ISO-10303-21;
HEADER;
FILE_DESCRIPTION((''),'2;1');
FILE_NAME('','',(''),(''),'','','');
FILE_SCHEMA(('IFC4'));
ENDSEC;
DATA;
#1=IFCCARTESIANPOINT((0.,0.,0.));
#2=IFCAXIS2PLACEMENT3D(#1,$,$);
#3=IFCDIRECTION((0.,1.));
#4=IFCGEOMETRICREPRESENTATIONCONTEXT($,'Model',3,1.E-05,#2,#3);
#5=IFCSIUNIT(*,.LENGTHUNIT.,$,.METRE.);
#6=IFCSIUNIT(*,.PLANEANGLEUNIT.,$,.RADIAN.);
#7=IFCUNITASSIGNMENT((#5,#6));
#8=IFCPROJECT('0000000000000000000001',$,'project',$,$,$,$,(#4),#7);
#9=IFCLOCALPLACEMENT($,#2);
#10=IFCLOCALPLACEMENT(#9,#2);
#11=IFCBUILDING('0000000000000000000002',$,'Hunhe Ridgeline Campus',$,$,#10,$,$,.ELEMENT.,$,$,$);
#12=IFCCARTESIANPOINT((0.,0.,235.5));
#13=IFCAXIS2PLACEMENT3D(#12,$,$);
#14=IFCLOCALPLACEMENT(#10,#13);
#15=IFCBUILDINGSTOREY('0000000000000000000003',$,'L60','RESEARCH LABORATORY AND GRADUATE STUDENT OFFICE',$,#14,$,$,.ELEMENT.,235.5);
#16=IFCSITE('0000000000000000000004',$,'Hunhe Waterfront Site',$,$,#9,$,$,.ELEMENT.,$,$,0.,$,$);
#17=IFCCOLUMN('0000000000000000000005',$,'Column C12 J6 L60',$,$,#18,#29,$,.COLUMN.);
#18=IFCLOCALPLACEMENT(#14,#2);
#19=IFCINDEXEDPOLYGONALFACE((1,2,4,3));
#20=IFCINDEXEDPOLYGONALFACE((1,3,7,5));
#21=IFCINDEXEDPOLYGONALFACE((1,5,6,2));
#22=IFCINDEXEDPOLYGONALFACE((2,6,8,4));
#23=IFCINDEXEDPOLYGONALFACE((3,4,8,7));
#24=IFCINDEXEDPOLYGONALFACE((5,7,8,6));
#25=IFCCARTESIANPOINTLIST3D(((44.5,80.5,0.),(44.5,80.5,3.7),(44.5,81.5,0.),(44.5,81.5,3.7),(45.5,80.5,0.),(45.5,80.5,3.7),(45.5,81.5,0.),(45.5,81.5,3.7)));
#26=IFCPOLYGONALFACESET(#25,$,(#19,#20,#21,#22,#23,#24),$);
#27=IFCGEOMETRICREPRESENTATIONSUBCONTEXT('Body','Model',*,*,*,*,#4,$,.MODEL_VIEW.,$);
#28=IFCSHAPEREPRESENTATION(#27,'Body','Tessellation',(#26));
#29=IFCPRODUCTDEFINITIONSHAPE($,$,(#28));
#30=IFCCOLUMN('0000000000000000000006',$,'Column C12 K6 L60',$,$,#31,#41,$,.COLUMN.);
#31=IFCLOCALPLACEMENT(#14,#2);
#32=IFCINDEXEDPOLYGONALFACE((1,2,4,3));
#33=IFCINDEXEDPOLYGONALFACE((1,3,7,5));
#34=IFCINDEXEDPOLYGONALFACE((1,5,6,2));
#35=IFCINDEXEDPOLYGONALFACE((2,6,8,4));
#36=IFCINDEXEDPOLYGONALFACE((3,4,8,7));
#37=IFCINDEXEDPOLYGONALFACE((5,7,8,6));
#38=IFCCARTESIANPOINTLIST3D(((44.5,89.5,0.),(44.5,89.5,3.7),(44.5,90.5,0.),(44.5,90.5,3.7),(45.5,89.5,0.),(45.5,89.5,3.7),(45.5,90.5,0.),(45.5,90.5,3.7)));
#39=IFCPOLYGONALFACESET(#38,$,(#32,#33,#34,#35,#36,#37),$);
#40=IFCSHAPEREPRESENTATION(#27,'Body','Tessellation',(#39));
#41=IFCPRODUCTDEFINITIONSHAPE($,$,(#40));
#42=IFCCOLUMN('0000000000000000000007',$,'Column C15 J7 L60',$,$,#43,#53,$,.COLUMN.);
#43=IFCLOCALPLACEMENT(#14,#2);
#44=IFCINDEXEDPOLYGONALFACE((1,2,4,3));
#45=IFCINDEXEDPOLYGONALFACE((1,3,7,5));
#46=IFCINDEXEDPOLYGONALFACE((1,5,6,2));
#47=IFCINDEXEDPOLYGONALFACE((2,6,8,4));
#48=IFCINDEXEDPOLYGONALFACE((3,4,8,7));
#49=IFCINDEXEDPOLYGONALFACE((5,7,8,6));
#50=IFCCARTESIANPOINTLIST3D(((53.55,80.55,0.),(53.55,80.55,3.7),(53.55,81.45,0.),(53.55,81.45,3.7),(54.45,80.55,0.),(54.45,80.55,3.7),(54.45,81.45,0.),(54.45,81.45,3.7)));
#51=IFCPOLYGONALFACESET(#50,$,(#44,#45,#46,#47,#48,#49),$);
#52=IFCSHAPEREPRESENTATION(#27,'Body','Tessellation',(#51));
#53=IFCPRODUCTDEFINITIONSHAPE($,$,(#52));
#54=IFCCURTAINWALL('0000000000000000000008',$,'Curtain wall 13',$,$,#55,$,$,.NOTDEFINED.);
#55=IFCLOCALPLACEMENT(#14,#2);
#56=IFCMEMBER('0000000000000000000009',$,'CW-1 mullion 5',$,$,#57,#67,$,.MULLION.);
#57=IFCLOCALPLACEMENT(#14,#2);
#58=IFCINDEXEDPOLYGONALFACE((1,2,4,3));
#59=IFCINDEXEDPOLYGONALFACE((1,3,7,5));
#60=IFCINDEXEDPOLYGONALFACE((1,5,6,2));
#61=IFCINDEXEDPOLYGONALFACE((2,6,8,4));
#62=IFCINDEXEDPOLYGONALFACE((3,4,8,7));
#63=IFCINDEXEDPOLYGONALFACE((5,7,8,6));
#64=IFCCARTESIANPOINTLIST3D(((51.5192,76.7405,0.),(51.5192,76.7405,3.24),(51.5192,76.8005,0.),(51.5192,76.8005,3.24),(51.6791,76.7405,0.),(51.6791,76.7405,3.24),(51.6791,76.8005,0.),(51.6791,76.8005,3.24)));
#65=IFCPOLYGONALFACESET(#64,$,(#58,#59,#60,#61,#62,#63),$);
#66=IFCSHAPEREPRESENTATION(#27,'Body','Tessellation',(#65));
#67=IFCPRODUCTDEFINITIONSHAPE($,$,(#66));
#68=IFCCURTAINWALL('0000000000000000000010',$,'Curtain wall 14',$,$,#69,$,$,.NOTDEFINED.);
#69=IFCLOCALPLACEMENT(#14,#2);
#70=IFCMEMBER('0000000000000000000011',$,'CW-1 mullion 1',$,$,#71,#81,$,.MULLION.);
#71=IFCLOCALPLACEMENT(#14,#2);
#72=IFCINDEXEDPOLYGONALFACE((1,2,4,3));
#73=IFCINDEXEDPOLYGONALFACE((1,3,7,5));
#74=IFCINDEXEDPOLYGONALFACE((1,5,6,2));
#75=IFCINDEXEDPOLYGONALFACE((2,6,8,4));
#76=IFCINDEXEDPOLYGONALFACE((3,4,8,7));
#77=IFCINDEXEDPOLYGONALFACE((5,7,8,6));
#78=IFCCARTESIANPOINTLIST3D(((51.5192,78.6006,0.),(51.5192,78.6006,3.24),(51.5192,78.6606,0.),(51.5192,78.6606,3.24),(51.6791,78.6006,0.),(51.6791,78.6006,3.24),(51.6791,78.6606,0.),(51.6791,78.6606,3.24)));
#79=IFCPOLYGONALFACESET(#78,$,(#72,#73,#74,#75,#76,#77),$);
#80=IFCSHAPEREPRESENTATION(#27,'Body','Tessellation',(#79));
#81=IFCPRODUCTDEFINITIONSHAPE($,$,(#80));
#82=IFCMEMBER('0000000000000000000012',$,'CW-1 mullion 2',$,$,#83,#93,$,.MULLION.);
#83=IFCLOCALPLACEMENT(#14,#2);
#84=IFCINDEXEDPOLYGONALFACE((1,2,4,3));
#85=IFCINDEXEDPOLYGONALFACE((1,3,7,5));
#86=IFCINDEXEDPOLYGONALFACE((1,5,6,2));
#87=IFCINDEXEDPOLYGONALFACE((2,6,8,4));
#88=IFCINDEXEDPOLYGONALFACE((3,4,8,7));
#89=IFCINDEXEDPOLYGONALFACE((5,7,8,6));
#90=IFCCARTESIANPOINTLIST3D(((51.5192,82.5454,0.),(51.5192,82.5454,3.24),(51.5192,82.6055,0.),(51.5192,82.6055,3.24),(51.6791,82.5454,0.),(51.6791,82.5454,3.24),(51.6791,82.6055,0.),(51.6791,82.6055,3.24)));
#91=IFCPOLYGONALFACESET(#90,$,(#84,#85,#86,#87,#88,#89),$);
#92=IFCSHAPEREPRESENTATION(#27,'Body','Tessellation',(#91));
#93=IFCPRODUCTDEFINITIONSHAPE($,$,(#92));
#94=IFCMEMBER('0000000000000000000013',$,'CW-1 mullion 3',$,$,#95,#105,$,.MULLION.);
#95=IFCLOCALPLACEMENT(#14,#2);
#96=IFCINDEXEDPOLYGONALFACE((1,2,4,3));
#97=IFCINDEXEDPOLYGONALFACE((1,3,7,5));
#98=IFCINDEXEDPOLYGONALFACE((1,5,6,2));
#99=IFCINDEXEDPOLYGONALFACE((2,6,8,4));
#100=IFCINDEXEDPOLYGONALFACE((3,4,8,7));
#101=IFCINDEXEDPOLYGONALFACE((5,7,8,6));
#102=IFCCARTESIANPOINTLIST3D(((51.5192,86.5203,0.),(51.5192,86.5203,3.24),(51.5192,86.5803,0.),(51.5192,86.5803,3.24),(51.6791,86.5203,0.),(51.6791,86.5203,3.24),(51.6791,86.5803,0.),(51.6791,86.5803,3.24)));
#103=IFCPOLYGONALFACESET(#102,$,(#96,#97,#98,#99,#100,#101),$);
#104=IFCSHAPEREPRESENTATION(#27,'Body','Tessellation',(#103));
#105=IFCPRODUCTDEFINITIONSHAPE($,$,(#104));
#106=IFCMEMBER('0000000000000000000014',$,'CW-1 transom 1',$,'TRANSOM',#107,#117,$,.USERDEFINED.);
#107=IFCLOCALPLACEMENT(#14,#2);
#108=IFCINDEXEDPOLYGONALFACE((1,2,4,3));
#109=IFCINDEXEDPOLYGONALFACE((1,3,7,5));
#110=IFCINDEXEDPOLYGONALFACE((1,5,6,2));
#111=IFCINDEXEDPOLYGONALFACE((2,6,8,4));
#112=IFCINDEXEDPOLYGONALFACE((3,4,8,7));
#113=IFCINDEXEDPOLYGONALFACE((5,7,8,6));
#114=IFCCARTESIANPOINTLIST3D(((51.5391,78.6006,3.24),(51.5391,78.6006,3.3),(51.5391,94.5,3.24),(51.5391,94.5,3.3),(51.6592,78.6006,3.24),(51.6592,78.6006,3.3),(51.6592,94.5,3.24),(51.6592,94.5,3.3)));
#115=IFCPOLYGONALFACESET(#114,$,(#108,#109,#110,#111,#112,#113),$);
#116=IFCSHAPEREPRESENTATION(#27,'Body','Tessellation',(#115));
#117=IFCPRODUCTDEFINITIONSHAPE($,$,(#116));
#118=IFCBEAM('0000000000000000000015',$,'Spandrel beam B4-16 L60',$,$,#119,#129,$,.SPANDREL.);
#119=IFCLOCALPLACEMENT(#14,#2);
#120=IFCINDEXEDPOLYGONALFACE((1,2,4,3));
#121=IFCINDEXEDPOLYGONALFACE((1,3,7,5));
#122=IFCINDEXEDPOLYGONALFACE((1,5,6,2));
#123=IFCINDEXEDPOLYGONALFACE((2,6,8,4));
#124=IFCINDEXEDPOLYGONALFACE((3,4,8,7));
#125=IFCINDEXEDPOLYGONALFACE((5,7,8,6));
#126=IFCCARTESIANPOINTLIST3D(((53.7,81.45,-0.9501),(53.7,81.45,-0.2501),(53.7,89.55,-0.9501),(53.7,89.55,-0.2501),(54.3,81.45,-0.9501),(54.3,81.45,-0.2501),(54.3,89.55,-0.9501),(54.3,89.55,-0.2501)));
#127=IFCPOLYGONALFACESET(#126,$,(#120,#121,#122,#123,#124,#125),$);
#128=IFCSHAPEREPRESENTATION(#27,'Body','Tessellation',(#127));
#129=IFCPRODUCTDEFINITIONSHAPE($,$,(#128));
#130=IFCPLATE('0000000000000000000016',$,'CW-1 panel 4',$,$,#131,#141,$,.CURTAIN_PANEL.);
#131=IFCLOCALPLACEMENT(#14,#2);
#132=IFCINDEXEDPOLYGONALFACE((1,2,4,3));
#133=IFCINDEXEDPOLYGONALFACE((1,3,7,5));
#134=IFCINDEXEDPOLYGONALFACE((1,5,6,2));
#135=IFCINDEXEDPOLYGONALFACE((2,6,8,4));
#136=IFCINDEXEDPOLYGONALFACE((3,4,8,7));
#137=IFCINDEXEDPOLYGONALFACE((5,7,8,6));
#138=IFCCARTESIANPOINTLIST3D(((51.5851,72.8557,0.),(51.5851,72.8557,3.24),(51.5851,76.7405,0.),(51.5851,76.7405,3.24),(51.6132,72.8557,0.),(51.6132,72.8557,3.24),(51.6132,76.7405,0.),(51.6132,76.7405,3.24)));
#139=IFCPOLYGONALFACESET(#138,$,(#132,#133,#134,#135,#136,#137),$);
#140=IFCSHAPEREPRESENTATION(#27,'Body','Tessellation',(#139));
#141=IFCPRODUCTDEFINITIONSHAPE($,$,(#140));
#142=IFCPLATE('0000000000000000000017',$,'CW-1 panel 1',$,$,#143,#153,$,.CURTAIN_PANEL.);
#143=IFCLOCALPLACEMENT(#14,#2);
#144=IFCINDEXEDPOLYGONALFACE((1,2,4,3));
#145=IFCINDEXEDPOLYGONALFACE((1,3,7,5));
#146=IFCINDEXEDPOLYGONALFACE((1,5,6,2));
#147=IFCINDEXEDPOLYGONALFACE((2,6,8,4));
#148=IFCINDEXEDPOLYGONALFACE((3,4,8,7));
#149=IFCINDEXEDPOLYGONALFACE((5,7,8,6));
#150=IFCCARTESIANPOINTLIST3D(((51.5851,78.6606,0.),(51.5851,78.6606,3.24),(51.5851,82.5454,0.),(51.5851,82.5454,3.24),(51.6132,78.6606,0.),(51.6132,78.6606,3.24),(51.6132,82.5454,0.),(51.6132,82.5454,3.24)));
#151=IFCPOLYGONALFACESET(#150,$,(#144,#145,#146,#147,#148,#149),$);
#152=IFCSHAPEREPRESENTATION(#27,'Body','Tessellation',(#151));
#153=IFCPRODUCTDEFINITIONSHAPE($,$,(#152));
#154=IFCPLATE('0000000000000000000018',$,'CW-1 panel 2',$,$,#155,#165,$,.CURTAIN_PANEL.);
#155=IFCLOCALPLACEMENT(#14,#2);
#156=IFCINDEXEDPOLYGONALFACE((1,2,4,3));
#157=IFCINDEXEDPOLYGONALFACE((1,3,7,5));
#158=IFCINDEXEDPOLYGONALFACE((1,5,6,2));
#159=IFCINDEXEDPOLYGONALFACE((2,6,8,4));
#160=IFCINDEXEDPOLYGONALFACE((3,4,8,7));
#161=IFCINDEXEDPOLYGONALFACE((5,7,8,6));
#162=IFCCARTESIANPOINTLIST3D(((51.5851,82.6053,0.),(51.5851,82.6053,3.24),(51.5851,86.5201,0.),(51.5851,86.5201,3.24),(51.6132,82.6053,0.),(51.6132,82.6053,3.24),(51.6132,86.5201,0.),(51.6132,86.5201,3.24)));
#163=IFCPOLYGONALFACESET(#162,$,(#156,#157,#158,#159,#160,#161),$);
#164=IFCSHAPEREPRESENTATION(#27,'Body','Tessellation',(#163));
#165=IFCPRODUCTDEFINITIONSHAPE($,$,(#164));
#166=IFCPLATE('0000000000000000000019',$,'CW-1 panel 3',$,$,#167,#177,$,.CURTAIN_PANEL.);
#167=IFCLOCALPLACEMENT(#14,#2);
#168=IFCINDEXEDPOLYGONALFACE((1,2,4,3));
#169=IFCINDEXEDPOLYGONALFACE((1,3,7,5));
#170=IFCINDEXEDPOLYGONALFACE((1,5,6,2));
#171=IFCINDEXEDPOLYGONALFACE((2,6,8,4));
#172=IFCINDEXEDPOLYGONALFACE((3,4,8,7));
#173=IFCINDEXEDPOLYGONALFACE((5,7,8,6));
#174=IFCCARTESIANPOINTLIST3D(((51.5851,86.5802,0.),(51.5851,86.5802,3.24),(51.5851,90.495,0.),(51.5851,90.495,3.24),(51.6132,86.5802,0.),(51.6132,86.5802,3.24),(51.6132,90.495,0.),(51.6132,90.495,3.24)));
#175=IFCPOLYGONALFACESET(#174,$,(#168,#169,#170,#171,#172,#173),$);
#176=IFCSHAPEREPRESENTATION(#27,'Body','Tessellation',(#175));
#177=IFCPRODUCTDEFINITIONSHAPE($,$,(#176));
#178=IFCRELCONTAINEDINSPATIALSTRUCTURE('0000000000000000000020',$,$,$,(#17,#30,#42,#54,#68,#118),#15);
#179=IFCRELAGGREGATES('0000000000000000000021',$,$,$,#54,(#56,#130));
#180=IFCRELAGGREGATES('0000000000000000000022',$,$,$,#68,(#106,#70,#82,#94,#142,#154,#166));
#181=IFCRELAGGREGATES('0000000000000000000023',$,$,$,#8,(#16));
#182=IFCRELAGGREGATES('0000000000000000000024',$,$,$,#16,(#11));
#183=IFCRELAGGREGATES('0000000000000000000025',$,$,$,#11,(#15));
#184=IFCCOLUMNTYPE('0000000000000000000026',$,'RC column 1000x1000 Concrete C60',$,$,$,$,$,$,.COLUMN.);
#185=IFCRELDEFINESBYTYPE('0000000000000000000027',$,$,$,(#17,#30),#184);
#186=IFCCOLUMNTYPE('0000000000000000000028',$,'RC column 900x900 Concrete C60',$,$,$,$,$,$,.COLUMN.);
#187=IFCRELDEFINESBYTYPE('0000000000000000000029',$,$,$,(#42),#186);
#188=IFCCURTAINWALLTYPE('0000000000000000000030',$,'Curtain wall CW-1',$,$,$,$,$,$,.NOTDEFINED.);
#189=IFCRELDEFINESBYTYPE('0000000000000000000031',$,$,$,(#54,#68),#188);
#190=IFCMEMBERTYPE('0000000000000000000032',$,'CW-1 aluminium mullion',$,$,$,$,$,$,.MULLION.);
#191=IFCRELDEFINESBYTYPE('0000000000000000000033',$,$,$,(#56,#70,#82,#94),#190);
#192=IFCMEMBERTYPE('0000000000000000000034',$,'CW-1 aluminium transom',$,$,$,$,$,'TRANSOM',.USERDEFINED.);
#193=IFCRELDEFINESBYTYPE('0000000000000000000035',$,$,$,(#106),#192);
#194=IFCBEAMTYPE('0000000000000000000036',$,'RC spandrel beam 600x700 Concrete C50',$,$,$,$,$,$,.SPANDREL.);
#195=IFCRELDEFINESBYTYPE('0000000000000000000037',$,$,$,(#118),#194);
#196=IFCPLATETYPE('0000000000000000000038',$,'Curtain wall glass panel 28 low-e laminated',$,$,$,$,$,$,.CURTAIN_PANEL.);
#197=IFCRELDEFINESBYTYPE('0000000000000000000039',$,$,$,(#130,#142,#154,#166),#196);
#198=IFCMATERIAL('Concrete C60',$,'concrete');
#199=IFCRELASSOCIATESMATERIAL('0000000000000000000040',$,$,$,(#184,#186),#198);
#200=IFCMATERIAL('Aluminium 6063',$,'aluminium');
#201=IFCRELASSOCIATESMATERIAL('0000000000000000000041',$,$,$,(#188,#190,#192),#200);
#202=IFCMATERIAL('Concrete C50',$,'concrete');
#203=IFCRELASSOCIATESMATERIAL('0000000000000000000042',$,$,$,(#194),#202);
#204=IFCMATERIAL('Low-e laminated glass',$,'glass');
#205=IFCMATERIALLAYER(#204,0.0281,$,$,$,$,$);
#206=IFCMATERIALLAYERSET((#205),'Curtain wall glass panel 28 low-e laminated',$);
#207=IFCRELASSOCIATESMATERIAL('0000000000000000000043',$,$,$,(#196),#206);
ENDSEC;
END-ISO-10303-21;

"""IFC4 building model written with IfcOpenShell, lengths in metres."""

from ifc_helpers import new_model, si_unit, direction, frame, origin, origin_2d, place, context, subcontext, project, spatial, rectangle, extrude, material, layer, layer_set, material_profile, profile_set, type_object, element, aggregate, save


model = new_model("IFC4")

# Units and contexts
model_context = context("Model", 3, precision=1e-05, world=origin(), true_north=direction((0.0, 1.0)))
body_context = subcontext(model_context, "Body", "Model", "MODEL_VIEW")
ifc_project = project(units=[si_unit("LENGTHUNIT", "METRE"), si_unit("PLANEANGLEUNIT", "RADIAN")], contexts=[model_context])

# Site, building, storey
site_placement = place(None, origin())
site = spatial("IfcSite", under=ifc_project, at=site_placement, Name="Hunhe Waterfront Site", CompositionType="ELEMENT", RefElevation=0.0)
building_placement = place(site_placement, origin())
building = spatial("IfcBuilding", under=site, at=building_placement, Name="Hunhe Ridgeline Campus", CompositionType="ELEMENT")
storey_placement = place(building_placement, frame((0.0, 0.0, 235.5)))
storey = spatial("IfcBuildingStorey", under=building, at=storey_placement, Name="L60", Description="RESEARCH LABORATORY AND GRADUATE STUDENT OFFICE", CompositionType="ELEMENT", Elevation=235.5)

# Columns
ifc_material_1 = material(Name="Concrete C60", Category="concrete")
ifc_material_profile_1 = material_profile(ifc_material_1, rectangle(XDim=1.0, YDim=1.0, at=origin_2d()))
ifc_profile_set_1 = profile_set([ifc_material_profile_1], Name="Concrete C60")
column_type_1 = type_object("IfcColumnType", Name="RC column 1000x1000 Concrete C60", PredefinedType="COLUMN", material=ifc_profile_set_1)
for number, where, z_axis, x_axis, name in (
    (1, (45.0, 81.0, 0.0), (0.0, 0.0, 1.0), (1.0, 0.0, 0.0), "Column C12 J6 L60"),
    (2, (45.0, 90.0, 0.0), (0.0, 0.0, 1.0), (1.0, 0.0, 0.0), "Column C12 K6 L60"),
):
    element("IfcColumn", number, at=place(storey_placement, frame(where, z_axis=z_axis, x_axis=x_axis)), inside=storey, type_object=column_type_1, Name=name, PredefinedType="COLUMN", context=body_context, shape_type="SweptSolid", body=[
        extrude(rectangle(XDim=1.0, YDim=1.0, at=origin_2d()), origin(), (0.0, 0.0, 1.0), 3.7),
    ])
ifc_material_profile_2 = material_profile(ifc_material_1, rectangle(XDim=0.8999, YDim=0.8999, at=origin_2d()))
ifc_profile_set_2 = profile_set([ifc_material_profile_2], Name="Concrete C60")
column_type_2 = type_object("IfcColumnType", Name="RC column 900x900 Concrete C60", PredefinedType="COLUMN", material=ifc_profile_set_2)
column_placement = place(storey_placement, frame((54.0, 81.0, 0.0), z_axis=(0.0, 0.0, 1.0), x_axis=(1.0, 0.0, 0.0)))
element("IfcColumn", 3, at=column_placement, inside=storey, type_object=column_type_2, Name="Column C15 J7 L60", PredefinedType="COLUMN", context=body_context, shape_type="SweptSolid", body=[
    extrude(rectangle(XDim=0.8999, YDim=0.8999, at=origin_2d()), origin(), (0.0, 0.0, 1.0), 3.7),
])

# Curtain wall, member
ifc_material_2 = material(Name="Aluminium 6063", Category="aluminium")
curtain_wall_type = type_object("IfcCurtainWallType", Name="Curtain wall CW-1", PredefinedType="NOTDEFINED", material=ifc_material_2)
curtain_wall_1_placement = place(storey_placement, origin())
curtain_wall_1 = element("IfcCurtainWall", 4, at=curtain_wall_1_placement, inside=storey, type_object=curtain_wall_type, Name="Curtain wall 13", PredefinedType="NOTDEFINED")
ifc_material_profile_3 = material_profile(ifc_material_2, rectangle(XDim=0.1599, YDim=0.0601, at=origin_2d()))
ifc_profile_set_3 = profile_set([ifc_material_profile_3], Name="Aluminium 6063")
member_type_1 = type_object("IfcMemberType", Name="CW-1 aluminium mullion", PredefinedType="MULLION", material=ifc_profile_set_3)
member_1_placement = place(storey_placement, frame((51.5991, 76.7705, 0.0), z_axis=(0.0, 0.0, 1.0), x_axis=(-1.0, 0.0, 0.0)))
member_1 = element("IfcMember", 5, at=member_1_placement, type_object=member_type_1, Name="CW-1 mullion 5", PredefinedType="MULLION", context=body_context, shape_type="SweptSolid", body=[
    extrude(rectangle(XDim=0.1599, YDim=0.0601, at=origin_2d()), origin(), (0.0, 0.0, 1.0), 3.24),
])

# Curtain wall, members
curtain_wall_2_placement = place(storey_placement, origin())
curtain_wall_2 = element("IfcCurtainWall", 6, at=curtain_wall_2_placement, inside=storey, type_object=curtain_wall_type, Name="Curtain wall 14", PredefinedType="NOTDEFINED")
member_2_placement = place(storey_placement, frame((51.5991, 78.6306, 0.0), z_axis=(0.0, 0.0, 1.0), x_axis=(-1.0, 0.0, 0.0)))
member_2 = element("IfcMember", 7, at=member_2_placement, type_object=member_type_1, Name="CW-1 mullion 1", PredefinedType="MULLION", context=body_context, shape_type="SweptSolid", body=[
    extrude(rectangle(XDim=0.1599, YDim=0.0601, at=origin_2d()), origin(), (0.0, 0.0, 1.0), 3.24),
])
member_3_placement = place(storey_placement, frame((51.5991, 82.5754, 0.0), z_axis=(0.0, 0.0, 1.0), x_axis=(-1.0, 0.0, 0.0)))
member_3 = element("IfcMember", 8, at=member_3_placement, type_object=member_type_1, Name="CW-1 mullion 2", PredefinedType="MULLION", context=body_context, shape_type="SweptSolid", body=[
    extrude(rectangle(XDim=0.1599, YDim=0.0601, at=origin_2d()), origin(), (0.0, 0.0, 1.0), 3.24),
])
member_4_placement = place(storey_placement, frame((51.5991, 86.5503, 0.0), z_axis=(0.0, 0.0, 1.0), x_axis=(-1.0, 0.0, 0.0)))
member_4 = element("IfcMember", 9, at=member_4_placement, type_object=member_type_1, Name="CW-1 mullion 3", PredefinedType="MULLION", context=body_context, shape_type="SweptSolid", body=[
    extrude(rectangle(XDim=0.1599, YDim=0.0601, at=origin_2d()), origin(), (0.0, 0.0, 1.0), 3.24),
])
ifc_material_profile_4 = material_profile(ifc_material_2, rectangle(XDim=0.1201, YDim=0.0601, at=origin_2d()))
ifc_profile_set_4 = profile_set([ifc_material_profile_4], Name="Aluminium 6063")
member_type_2 = type_object("IfcMemberType", Name="CW-1 aluminium transom", ElementType="TRANSOM", PredefinedType="USERDEFINED", material=ifc_profile_set_4)
member_5_placement = place(storey_placement, frame((51.5991, 78.6006, 3.27), z_axis=(0.0, 1.0, 0.0), x_axis=(-1.0, 0.0, 0.0)))
member_5 = element("IfcMember", 10, at=member_5_placement, type_object=member_type_2, Name="CW-1 transom 1", ObjectType="TRANSOM", PredefinedType="USERDEFINED", context=body_context, shape_type="SweptSolid", body=[
    extrude(rectangle(XDim=0.1201, YDim=0.0601, at=origin_2d()), origin(), (0.0, 0.0, 1.0), 15.8994),
])

# Beam
ifc_material_3 = material(Name="Concrete C50", Category="concrete")
ifc_material_profile_5 = material_profile(ifc_material_3, rectangle(XDim=0.6001, YDim=0.7, at=origin_2d()))
ifc_profile_set_5 = profile_set([ifc_material_profile_5], Name="Concrete C50")
beam_type = type_object("IfcBeamType", Name="RC spandrel beam 600x700 Concrete C50", PredefinedType="SPANDREL", material=ifc_profile_set_5)
beam_placement = place(storey_placement, frame((54.0, 81.45, -0.6001), z_axis=(0.0, 1.0, 0.0), x_axis=(-1.0, 0.0, 0.0)))
element("IfcBeam", 11, at=beam_placement, inside=storey, type_object=beam_type, Name="Spandrel beam B4-16 L60", PredefinedType="SPANDREL", context=body_context, shape_type="SweptSolid", body=[
    extrude(rectangle(XDim=0.6001, YDim=0.7, at=origin_2d()), origin(), (0.0, 0.0, 1.0), 8.1001),
])

# Plates
ifc_material_4 = material(Name="Low-e laminated glass", Category="glass")
ifc_layer_1 = layer(ifc_material_4, 0.0281)
ifc_layer_set_1 = layer_set([ifc_layer_1], Name="Curtain wall glass panel 28 low-e laminated")
plate_type = type_object("IfcPlateType", Name="Curtain wall glass panel 28 low-e laminated", PredefinedType="CURTAIN_PANEL", material=ifc_layer_set_1)
plate_1_placement = place(storey_placement, frame((51.5991, 74.7981, 0.0), z_axis=(0.0, 0.0, 1.0), x_axis=(0.0, 1.0, 0.0)))
plate_1 = element("IfcPlate", 12, at=plate_1_placement, type_object=plate_type, Name="CW-1 panel 4", PredefinedType="CURTAIN_PANEL", context=body_context, shape_type="SweptSolid", body=[
    extrude(rectangle(XDim=3.8848, YDim=0.0281, at=origin_2d()), origin(), (0.0, 0.0, 1.0), 3.24),
])
aggregate(curtain_wall_1, [member_1, plate_1])
plate_2_placement = place(storey_placement, frame((51.5991, 80.603, 0.0), z_axis=(0.0, 0.0, 1.0), x_axis=(0.0, 1.0, 0.0)))
plate_2 = element("IfcPlate", 13, at=plate_2_placement, type_object=plate_type, Name="CW-1 panel 1", PredefinedType="CURTAIN_PANEL", context=body_context, shape_type="SweptSolid", body=[
    extrude(rectangle(XDim=3.8848, YDim=0.0281, at=origin_2d()), origin(), (0.0, 0.0, 1.0), 3.24),
])
plate_3_placement = place(storey_placement, frame((51.5991, 84.5627, 0.0), z_axis=(0.0, 0.0, 1.0), x_axis=(0.0, 1.0, 0.0)))
plate_3 = element("IfcPlate", 14, at=plate_3_placement, type_object=plate_type, Name="CW-1 panel 2", PredefinedType="CURTAIN_PANEL", context=body_context, shape_type="SweptSolid", body=[
    extrude(rectangle(XDim=3.9148, YDim=0.0281, at=origin_2d()), origin(), (0.0, 0.0, 1.0), 3.24),
])
plate_4_placement = place(storey_placement, frame((51.5991, 88.5376, 0.0), z_axis=(0.0, 0.0, 1.0), x_axis=(0.0, 1.0, 0.0)))
plate_4 = element("IfcPlate", 15, at=plate_4_placement, type_object=plate_type, Name="CW-1 panel 3", PredefinedType="CURTAIN_PANEL", context=body_context, shape_type="SweptSolid", body=[
    extrude(rectangle(XDim=3.9148, YDim=0.0281, at=origin_2d()), origin(), (0.0, 0.0, 1.0), 3.24),
])
aggregate(curtain_wall_2, [member_5, member_2, member_3, member_4, plate_2, plate_3, plate_4])

save(model, "model.ifc")
